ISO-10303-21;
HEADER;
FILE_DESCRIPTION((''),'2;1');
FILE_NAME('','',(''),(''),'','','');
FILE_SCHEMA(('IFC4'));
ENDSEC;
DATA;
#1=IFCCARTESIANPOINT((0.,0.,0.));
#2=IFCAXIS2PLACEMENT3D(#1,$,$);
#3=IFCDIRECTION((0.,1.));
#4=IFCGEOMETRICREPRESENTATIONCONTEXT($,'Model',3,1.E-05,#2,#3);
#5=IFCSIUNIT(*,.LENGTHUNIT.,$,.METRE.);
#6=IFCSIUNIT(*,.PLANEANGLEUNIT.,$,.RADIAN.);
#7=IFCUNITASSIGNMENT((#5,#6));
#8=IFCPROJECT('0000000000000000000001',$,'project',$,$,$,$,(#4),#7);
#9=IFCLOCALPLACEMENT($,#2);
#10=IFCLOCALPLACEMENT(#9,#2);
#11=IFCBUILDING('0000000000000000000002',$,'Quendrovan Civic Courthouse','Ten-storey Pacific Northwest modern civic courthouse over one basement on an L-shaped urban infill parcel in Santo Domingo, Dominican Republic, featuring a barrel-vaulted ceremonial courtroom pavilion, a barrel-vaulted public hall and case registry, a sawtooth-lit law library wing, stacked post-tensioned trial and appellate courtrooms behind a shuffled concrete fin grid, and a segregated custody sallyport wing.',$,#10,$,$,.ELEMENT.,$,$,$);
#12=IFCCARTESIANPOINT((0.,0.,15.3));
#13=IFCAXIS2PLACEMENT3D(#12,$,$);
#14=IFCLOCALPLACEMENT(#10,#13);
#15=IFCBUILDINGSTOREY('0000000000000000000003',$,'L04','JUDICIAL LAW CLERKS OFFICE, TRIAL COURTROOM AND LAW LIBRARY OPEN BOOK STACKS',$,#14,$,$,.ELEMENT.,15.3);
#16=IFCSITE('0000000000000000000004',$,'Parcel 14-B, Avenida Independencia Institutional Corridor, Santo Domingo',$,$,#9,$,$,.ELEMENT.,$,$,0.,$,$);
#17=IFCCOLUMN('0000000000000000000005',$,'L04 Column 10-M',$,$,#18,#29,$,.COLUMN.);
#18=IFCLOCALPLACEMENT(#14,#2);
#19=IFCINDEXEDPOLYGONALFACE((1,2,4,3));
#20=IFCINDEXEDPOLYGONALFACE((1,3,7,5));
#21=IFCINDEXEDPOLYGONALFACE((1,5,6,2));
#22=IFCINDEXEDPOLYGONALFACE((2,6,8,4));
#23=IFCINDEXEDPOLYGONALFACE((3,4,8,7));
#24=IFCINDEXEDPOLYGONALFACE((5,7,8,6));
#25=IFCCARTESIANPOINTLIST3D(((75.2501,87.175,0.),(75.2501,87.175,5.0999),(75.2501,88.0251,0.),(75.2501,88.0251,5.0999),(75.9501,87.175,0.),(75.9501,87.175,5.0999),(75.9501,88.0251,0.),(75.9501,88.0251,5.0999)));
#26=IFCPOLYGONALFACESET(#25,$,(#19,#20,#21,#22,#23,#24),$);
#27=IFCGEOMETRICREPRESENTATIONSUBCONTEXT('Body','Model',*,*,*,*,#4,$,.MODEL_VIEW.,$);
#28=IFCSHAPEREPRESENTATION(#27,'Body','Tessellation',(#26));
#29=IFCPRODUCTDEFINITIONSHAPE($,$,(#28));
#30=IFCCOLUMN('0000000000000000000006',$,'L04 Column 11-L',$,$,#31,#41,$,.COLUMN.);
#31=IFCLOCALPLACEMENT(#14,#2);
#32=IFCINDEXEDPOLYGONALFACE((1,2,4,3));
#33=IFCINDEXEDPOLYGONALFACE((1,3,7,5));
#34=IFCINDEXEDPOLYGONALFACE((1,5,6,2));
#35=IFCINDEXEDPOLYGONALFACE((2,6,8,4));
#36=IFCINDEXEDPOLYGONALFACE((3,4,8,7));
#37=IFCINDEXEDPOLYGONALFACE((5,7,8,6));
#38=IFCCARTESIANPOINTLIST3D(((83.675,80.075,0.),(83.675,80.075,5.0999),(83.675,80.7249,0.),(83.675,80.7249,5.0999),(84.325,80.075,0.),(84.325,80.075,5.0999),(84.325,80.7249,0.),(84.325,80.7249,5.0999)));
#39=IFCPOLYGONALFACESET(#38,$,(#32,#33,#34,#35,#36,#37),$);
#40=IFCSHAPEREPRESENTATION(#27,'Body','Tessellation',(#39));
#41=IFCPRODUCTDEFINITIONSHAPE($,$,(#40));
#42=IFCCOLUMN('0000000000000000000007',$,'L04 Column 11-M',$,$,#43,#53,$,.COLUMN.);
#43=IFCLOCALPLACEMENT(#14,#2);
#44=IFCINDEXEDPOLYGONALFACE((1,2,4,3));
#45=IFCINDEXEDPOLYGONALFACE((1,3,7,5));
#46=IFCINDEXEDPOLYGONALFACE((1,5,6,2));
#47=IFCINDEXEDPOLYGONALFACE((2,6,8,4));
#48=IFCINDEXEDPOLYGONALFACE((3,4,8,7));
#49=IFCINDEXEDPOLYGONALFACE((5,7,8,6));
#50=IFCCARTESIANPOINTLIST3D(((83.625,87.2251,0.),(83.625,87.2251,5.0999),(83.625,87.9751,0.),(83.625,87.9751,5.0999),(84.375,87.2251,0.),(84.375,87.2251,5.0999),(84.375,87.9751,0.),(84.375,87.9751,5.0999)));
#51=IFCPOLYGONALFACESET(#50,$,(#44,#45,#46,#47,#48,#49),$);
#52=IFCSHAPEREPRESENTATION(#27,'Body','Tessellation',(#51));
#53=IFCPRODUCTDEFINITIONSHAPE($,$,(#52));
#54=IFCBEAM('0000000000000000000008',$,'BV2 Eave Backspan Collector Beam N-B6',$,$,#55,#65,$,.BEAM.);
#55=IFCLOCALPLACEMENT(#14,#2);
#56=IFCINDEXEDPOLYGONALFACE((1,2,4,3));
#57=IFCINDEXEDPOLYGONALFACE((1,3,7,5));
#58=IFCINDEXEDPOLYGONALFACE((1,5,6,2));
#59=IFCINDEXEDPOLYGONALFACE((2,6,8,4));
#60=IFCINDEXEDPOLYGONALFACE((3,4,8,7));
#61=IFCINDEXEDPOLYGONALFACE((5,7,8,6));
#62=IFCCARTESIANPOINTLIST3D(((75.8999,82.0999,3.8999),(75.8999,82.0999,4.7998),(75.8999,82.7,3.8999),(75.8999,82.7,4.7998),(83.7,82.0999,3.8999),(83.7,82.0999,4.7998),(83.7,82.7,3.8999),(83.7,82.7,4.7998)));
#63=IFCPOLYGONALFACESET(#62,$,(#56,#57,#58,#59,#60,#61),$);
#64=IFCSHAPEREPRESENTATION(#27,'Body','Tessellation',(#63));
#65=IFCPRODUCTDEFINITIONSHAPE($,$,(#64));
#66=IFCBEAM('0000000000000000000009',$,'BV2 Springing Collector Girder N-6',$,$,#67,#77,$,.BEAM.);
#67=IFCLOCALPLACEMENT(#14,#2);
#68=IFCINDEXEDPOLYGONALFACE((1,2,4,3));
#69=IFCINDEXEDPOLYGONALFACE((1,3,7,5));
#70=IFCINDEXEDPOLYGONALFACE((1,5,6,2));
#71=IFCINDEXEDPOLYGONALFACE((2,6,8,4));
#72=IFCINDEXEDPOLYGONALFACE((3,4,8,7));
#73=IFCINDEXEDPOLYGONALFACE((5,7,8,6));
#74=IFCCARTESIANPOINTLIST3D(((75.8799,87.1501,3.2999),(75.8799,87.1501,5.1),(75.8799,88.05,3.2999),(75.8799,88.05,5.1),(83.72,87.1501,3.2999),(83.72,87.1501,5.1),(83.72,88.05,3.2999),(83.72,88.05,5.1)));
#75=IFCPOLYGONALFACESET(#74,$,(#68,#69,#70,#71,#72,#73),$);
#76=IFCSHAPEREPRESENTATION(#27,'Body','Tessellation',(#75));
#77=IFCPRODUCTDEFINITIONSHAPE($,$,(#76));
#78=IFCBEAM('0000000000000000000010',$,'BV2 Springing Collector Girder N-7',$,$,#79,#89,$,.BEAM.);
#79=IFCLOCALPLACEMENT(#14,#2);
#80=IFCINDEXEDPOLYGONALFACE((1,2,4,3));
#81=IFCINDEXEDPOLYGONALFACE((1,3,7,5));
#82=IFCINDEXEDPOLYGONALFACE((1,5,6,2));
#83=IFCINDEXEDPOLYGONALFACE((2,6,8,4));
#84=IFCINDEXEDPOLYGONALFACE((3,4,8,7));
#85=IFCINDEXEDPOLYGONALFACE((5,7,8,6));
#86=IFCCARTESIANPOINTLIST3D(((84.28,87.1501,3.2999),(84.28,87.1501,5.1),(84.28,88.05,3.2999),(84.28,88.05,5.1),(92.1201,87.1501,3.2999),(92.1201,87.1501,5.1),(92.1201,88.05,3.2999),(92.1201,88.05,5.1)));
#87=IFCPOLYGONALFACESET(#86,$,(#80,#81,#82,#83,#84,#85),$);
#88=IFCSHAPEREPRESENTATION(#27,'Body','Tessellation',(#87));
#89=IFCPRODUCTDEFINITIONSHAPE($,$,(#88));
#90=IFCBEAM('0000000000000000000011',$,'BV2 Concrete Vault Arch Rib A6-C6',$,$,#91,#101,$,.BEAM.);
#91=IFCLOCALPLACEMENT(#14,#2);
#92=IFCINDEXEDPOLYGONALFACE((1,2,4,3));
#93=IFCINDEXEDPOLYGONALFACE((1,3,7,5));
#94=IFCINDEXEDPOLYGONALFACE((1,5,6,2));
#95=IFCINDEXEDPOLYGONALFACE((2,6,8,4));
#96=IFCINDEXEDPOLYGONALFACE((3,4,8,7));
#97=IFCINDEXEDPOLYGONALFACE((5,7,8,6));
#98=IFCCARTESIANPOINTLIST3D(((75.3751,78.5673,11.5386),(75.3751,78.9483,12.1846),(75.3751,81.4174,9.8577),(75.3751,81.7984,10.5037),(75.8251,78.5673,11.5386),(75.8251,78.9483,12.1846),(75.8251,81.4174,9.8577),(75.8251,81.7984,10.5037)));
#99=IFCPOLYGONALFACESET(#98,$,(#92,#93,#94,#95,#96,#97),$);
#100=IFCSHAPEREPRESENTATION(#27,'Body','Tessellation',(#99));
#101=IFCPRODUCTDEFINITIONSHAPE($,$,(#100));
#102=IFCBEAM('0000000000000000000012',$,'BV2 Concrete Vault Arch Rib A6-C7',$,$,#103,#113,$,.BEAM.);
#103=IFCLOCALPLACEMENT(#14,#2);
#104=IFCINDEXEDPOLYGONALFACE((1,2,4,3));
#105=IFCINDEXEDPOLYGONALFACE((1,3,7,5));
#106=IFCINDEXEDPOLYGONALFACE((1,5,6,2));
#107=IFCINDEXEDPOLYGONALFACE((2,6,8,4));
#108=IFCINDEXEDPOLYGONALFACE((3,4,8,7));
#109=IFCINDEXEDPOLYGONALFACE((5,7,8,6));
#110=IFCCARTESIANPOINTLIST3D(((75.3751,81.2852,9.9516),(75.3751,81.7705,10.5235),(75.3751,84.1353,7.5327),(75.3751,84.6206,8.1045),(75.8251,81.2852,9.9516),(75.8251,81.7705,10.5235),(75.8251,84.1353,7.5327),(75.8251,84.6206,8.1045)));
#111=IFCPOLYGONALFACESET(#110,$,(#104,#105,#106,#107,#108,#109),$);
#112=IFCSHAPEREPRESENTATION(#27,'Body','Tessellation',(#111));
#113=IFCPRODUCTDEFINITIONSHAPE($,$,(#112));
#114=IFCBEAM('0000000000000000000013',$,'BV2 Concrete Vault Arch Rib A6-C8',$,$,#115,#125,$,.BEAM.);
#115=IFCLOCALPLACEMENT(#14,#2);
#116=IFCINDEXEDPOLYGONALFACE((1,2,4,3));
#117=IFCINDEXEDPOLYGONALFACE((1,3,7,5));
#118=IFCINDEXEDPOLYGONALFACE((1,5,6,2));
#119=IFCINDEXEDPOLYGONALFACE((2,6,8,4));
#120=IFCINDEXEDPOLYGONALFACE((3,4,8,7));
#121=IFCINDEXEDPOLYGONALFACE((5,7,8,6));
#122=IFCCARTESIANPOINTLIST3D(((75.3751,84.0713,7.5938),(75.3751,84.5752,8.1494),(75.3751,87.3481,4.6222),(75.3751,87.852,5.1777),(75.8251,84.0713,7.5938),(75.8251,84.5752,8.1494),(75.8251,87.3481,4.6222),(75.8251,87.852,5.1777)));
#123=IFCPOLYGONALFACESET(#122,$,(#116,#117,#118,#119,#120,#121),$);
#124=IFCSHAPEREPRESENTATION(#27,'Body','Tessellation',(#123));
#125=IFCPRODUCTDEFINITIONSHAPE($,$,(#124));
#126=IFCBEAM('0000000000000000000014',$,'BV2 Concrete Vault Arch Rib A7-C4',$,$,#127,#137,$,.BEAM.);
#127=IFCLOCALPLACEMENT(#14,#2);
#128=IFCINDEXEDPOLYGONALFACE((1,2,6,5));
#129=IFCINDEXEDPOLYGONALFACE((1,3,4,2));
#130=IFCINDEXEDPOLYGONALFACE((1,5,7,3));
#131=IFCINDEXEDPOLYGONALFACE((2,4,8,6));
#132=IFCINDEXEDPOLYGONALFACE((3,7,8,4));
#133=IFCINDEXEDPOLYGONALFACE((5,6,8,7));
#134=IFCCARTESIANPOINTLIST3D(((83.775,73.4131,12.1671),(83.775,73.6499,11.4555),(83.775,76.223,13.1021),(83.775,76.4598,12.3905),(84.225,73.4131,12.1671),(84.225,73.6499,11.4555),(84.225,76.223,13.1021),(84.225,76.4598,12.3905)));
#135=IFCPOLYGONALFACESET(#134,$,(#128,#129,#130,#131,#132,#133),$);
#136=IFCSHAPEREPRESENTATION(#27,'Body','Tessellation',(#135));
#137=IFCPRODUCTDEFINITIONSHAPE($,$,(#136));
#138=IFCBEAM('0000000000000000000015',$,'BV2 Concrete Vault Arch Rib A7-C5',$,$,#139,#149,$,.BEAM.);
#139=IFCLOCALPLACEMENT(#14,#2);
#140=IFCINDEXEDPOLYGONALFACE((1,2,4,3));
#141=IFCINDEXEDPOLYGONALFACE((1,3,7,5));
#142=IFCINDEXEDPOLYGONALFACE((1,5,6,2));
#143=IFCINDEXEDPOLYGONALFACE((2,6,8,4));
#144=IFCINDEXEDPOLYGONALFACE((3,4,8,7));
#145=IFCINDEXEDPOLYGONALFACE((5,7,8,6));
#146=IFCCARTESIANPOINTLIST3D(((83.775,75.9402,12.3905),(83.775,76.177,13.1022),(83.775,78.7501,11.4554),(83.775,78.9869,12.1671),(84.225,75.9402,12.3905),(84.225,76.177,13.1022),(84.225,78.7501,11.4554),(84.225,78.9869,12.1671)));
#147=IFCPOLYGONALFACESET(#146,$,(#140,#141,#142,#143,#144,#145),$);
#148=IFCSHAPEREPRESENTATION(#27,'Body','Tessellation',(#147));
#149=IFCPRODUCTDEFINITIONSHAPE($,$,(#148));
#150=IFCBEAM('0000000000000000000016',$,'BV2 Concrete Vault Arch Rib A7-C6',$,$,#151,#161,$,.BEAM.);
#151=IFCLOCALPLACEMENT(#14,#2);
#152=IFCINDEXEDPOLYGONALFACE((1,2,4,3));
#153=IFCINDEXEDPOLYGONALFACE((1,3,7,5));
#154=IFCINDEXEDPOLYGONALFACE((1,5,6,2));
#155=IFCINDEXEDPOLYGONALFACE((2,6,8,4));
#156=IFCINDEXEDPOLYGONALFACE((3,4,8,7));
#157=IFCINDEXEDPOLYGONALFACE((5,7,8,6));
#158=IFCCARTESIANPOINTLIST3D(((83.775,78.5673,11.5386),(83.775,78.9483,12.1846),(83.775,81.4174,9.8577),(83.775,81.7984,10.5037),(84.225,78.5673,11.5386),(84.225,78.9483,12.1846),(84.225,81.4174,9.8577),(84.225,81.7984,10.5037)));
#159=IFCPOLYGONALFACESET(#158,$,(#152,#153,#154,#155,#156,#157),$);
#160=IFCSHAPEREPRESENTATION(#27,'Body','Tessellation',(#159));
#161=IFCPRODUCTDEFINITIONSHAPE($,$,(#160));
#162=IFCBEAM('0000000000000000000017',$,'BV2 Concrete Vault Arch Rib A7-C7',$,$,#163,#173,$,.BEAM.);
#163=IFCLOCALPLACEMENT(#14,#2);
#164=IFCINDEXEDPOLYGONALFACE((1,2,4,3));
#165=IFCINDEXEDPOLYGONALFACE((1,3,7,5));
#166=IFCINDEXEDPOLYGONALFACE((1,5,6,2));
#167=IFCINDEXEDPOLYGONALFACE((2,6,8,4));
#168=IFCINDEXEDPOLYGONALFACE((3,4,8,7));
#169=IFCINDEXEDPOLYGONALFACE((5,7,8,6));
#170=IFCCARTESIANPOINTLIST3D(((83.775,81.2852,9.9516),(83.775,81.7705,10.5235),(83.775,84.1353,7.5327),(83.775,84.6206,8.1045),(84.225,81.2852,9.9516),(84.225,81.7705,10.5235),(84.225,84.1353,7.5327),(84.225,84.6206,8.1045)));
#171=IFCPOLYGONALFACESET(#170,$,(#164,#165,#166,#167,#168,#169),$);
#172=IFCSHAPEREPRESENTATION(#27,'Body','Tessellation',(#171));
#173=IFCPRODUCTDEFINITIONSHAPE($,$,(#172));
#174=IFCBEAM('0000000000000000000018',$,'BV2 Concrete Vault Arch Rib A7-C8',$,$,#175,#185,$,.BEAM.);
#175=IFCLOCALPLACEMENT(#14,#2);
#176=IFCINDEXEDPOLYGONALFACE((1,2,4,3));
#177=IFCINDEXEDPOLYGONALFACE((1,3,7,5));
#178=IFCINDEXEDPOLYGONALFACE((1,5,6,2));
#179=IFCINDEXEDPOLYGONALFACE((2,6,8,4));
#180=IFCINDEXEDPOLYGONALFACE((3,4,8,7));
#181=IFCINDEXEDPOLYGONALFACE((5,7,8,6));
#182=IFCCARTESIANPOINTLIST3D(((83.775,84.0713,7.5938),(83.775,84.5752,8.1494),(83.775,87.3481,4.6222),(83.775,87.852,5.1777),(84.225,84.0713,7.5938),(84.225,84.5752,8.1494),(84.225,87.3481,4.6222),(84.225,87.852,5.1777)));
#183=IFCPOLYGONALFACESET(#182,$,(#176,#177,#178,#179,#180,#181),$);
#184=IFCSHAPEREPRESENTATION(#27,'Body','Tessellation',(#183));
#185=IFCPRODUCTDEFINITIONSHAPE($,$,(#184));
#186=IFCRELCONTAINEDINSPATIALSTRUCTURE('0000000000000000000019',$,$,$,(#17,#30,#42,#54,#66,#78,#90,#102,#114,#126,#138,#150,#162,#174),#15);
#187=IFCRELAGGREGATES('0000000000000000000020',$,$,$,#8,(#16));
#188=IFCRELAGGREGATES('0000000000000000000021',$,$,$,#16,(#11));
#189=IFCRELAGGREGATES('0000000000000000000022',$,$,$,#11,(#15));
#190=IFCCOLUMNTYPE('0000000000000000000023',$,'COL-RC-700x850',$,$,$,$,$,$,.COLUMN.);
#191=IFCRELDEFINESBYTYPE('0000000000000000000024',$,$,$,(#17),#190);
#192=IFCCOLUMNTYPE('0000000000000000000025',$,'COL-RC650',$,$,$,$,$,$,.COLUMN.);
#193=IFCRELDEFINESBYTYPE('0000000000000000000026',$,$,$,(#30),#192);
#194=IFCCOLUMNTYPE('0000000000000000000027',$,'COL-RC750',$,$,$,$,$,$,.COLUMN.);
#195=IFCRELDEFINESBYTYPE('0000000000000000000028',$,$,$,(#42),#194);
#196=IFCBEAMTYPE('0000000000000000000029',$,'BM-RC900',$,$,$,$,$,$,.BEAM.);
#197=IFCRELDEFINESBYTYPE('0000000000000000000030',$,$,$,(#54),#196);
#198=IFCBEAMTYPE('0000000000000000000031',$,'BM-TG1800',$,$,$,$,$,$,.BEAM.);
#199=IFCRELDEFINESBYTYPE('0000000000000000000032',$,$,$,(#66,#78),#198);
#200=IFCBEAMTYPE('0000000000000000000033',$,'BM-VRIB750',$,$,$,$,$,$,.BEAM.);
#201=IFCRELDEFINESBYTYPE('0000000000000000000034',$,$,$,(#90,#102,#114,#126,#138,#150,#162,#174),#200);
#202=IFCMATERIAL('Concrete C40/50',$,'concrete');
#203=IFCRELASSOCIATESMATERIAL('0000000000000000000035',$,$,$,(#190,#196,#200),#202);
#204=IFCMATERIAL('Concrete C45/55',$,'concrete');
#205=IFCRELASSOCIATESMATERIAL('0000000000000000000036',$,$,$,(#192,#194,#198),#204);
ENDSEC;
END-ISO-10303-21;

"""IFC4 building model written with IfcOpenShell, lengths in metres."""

from ifc_helpers import new_model, si_unit, direction, frame, origin, origin_2d, place, context, subcontext, project, spatial, rectangle, extrude, material, material_profile, profile_set, type_object, element, save


model = new_model("IFC4")

# Units and contexts
model_context = context("Model", 3, precision=1e-05, world=origin(), true_north=direction((0.0, 1.0)))
body_context = subcontext(model_context, "Body", "Model", "MODEL_VIEW")
ifc_project = project(units=[si_unit("LENGTHUNIT", "METRE"), si_unit("PLANEANGLEUNIT", "RADIAN")], contexts=[model_context])

# Site, building, storey
site_placement = place(None, origin())
site = spatial("IfcSite", under=ifc_project, at=site_placement, Name="Parcel 14-B, Avenida Independencia Institutional Corridor, Santo Domingo", CompositionType="ELEMENT", RefElevation=0.0)
building_placement = place(site_placement, origin())
building = spatial("IfcBuilding", under=site, at=building_placement, Name="Quendrovan Civic Courthouse", Description="Ten-storey Pacific Northwest modern civic courthouse over one basement on an L-shaped urban infill parcel in Santo Domingo, Dominican Republic, featuring a barrel-vaulted ceremonial courtroom pavilion, a barrel-vaulted public hall and case registry, a sawtooth-lit law library wing, stacked post-tensioned trial and appellate courtrooms behind a shuffled concrete fin grid, and a segregated custody sallyport wing.", CompositionType="ELEMENT")
storey_placement = place(building_placement, frame((0.0, 0.0, 15.3)))
storey = spatial("IfcBuildingStorey", under=building, at=storey_placement, Name="L04", Description="JUDICIAL LAW CLERKS OFFICE, TRIAL COURTROOM AND LAW LIBRARY OPEN BOOK STACKS", CompositionType="ELEMENT", Elevation=15.3)

# Columns
ifc_material_1 = material(Name="Concrete C40/50", Category="concrete")
ifc_material_profile_1 = material_profile(ifc_material_1, rectangle(XDim=0.7, YDim=0.8501, at=origin_2d()), Name="RC-COL-700x850")
ifc_profile_set_1 = profile_set([ifc_material_profile_1], Name="Concrete C40/50")
column_type_1 = type_object("IfcColumnType", Name="COL-RC-700x850", PredefinedType="COLUMN", material=ifc_profile_set_1)
column_1_placement = place(storey_placement, frame((75.6001, 87.6001, 0.0), z_axis=(0.0, 0.0, 1.0), x_axis=(1.0, 0.0, 0.0)))
element("IfcColumn", 1, at=column_1_placement, inside=storey, type_object=column_type_1, Name="L04 Column 10-M", PredefinedType="COLUMN", context=body_context, shape_type="SweptSolid", body=[
    extrude(rectangle(XDim=0.7, YDim=0.8501, at=origin_2d()), origin(), (0.0, 0.0, 1.0), 5.0999),
])
ifc_material_2 = material(Name="Concrete C45/55", Category="concrete")
ifc_material_profile_2 = material_profile(ifc_material_2, rectangle(XDim=0.6499, YDim=0.6499, at=origin_2d()), Name="RC-COL-650x650")
ifc_profile_set_2 = profile_set([ifc_material_profile_2], Name="Concrete C45/55")
column_type_2 = type_object("IfcColumnType", Name="COL-RC650", PredefinedType="COLUMN", material=ifc_profile_set_2)
column_2_placement = place(storey_placement, frame((84.0, 80.3999, 0.0), z_axis=(0.0, 0.0, 1.0), x_axis=(1.0, 0.0, 0.0)))
element("IfcColumn", 2, at=column_2_placement, inside=storey, type_object=column_type_2, Name="L04 Column 11-L", PredefinedType="COLUMN", context=body_context, shape_type="SweptSolid", body=[
    extrude(rectangle(XDim=0.6499, YDim=0.6499, at=origin_2d()), origin(), (0.0, 0.0, 1.0), 5.0999),
])
ifc_material_profile_3 = material_profile(ifc_material_2, rectangle(XDim=0.75, YDim=0.75, at=origin_2d()), Name="RC-COL-750x750")
ifc_profile_set_3 = profile_set([ifc_material_profile_3], Name="Concrete C45/55")
column_type_3 = type_object("IfcColumnType", Name="COL-RC750", PredefinedType="COLUMN", material=ifc_profile_set_3)
column_3_placement = place(storey_placement, frame((84.0, 87.6001, 0.0), z_axis=(0.0, 0.0, 1.0), x_axis=(1.0, 0.0, 0.0)))
element("IfcColumn", 3, at=column_3_placement, inside=storey, type_object=column_type_3, Name="L04 Column 11-M", PredefinedType="COLUMN", context=body_context, shape_type="SweptSolid", body=[
    extrude(rectangle(XDim=0.75, YDim=0.75, at=origin_2d()), origin(), (0.0, 0.0, 1.0), 5.0999),
])

# Beams
ifc_material_profile_4 = material_profile(ifc_material_1, rectangle(XDim=0.6001, YDim=0.8999, at=origin_2d()), Name="RC-BM-600x900")
ifc_profile_set_4 = profile_set([ifc_material_profile_4], Name="Concrete C40/50")
beam_type_1 = type_object("IfcBeamType", Name="BM-RC900", PredefinedType="BEAM", material=ifc_profile_set_4)
beam_1_placement = place(storey_placement, frame((75.8999, 82.3999, 4.3499), z_axis=(1.0, 0.0, 0.0), x_axis=(0.0, 1.0, 0.0)))
element("IfcBeam", 4, at=beam_1_placement, inside=storey, type_object=beam_type_1, Name="BV2 Eave Backspan Collector Beam N-B6", PredefinedType="BEAM", context=body_context, shape_type="SweptSolid", body=[
    extrude(rectangle(XDim=0.6001, YDim=0.8999, at=origin_2d()), origin(), (0.0, 0.0, 1.0), 7.8),
])
ifc_material_profile_5 = material_profile(ifc_material_2, rectangle(XDim=0.8999, YDim=1.8, at=origin_2d()), Name="RC-TG-900x1800")
ifc_profile_set_5 = profile_set([ifc_material_profile_5], Name="Concrete C45/55")
beam_type_2 = type_object("IfcBeamType", Name="BM-TG1800", PredefinedType="BEAM", material=ifc_profile_set_5)
for number, where, z_axis, x_axis, name in (
    (5, (75.8799, 87.6001, 4.2), (1.0, 0.0, 0.0), (0.0, 1.0, 0.0), "BV2 Springing Collector Girder N-6"),
    (6, (84.28, 87.6001, 4.2), (1.0, 0.0, 0.0), (0.0, 1.0, 0.0), "BV2 Springing Collector Girder N-7"),
):
    element("IfcBeam", number, at=place(storey_placement, frame(where, z_axis=z_axis, x_axis=x_axis)), inside=storey, type_object=beam_type_2, Name=name, PredefinedType="BEAM", context=body_context, shape_type="SweptSolid", body=[
        extrude(rectangle(XDim=0.8999, YDim=1.8, at=origin_2d()), origin(), (0.0, 0.0, 1.0), 7.8401),
    ])
ifc_material_profile_6 = material_profile(ifc_material_1, rectangle(XDim=0.45, YDim=0.75, at=origin_2d()), Name="RC-VRIB-450x750")
ifc_profile_set_6 = profile_set([ifc_material_profile_6], Name="Concrete C40/50")
beam_type_3 = type_object("IfcBeamType", Name="BM-VRIB750", PredefinedType="BEAM", material=ifc_profile_set_6)
beam_2_placement = place(storey_placement, frame((75.6001, 78.7578, 11.8616), z_axis=(0.0, 0.861355, -0.508003), x_axis=(-1.0, 0.0, 0.0)))
element("IfcBeam", 7, at=beam_2_placement, inside=storey, type_object=beam_type_3, Name="BV2 Concrete Vault Arch Rib A6-C6", PredefinedType="BEAM", context=body_context, shape_type="SweptSolid", body=[
    extrude(rectangle(XDim=0.45, YDim=0.75, at=origin_2d()), origin(), (0.0, 0.0, 1.0), 3.3088),
])
beam_3_placement = place(storey_placement, frame((75.6001, 81.5278, 10.2375), z_axis=(0.0, 0.762419, -0.647083), x_axis=(-1.0, 0.0, 0.0)))
element("IfcBeam", 8, at=beam_3_placement, inside=storey, type_object=beam_type_3, Name="BV2 Concrete Vault Arch Rib A6-C7", PredefinedType="BEAM", context=body_context, shape_type="SweptSolid", body=[
    extrude(rectangle(XDim=0.45, YDim=0.75, at=origin_2d()), origin(), (0.0, 0.0, 1.0), 3.7383),
])
beam_4_placement = place(storey_placement, frame((75.6001, 84.3232, 7.8716), z_axis=(0.0, 0.740759, -0.671771), x_axis=(-1.0, 0.0, 0.0)))
element("IfcBeam", 9, at=beam_4_placement, inside=storey, type_object=beam_type_3, Name="BV2 Concrete Vault Arch Rib A6-C8", PredefinedType="BEAM", context=body_context, shape_type="SweptSolid", body=[
    extrude(rectangle(XDim=0.45, YDim=0.75, at=origin_2d()), origin(), (0.0, 0.0, 1.0), 4.4236),
])
for number, where, z_axis, x_axis, name in (
    (10, (84.0, 73.5315, 11.8113), (0.0, 0.948848, 0.315733), (-1.0, 0.0, 0.0), "BV2 Concrete Vault Arch Rib A7-C4"),
    (11, (84.0, 76.0586, 12.7463), (0.0, 0.94884, -0.315758), (-1.0, 0.0, 0.0), "BV2 Concrete Vault Arch Rib A7-C5"),
):
    element("IfcBeam", number, at=place(storey_placement, frame(where, z_axis=z_axis, x_axis=x_axis)), inside=storey, type_object=beam_type_3, Name=name, PredefinedType="BEAM", context=body_context, shape_type="SweptSolid", body=[
        extrude(rectangle(XDim=0.45, YDim=0.75, at=origin_2d()), origin(), (0.0, 0.0, 1.0), 2.9614),
    ])
beam_5_placement = place(storey_placement, frame((84.0, 78.7578, 11.8616), z_axis=(0.0, 0.861355, -0.508003), x_axis=(-1.0, 0.0, 0.0)))
element("IfcBeam", 12, at=beam_5_placement, inside=storey, type_object=beam_type_3, Name="BV2 Concrete Vault Arch Rib A7-C6", PredefinedType="BEAM", context=body_context, shape_type="SweptSolid", body=[
    extrude(rectangle(XDim=0.45, YDim=0.75, at=origin_2d()), origin(), (0.0, 0.0, 1.0), 3.3088),
])
beam_6_placement = place(storey_placement, frame((84.0, 81.5278, 10.2375), z_axis=(0.0, 0.762419, -0.647083), x_axis=(-1.0, 0.0, 0.0)))
element("IfcBeam", 13, at=beam_6_placement, inside=storey, type_object=beam_type_3, Name="BV2 Concrete Vault Arch Rib A7-C7", PredefinedType="BEAM", context=body_context, shape_type="SweptSolid", body=[
    extrude(rectangle(XDim=0.45, YDim=0.75, at=origin_2d()), origin(), (0.0, 0.0, 1.0), 3.7383),
])
beam_7_placement = place(storey_placement, frame((84.0, 84.3232, 7.8716), z_axis=(0.0, 0.740759, -0.671771), x_axis=(-1.0, 0.0, 0.0)))
element("IfcBeam", 14, at=beam_7_placement, inside=storey, type_object=beam_type_3, Name="BV2 Concrete Vault Arch Rib A7-C8", PredefinedType="BEAM", context=body_context, shape_type="SweptSolid", body=[
    extrude(rectangle(XDim=0.45, YDim=0.75, at=origin_2d()), origin(), (0.0, 0.0, 1.0), 4.4236),
])

save(model, "model.ifc")
